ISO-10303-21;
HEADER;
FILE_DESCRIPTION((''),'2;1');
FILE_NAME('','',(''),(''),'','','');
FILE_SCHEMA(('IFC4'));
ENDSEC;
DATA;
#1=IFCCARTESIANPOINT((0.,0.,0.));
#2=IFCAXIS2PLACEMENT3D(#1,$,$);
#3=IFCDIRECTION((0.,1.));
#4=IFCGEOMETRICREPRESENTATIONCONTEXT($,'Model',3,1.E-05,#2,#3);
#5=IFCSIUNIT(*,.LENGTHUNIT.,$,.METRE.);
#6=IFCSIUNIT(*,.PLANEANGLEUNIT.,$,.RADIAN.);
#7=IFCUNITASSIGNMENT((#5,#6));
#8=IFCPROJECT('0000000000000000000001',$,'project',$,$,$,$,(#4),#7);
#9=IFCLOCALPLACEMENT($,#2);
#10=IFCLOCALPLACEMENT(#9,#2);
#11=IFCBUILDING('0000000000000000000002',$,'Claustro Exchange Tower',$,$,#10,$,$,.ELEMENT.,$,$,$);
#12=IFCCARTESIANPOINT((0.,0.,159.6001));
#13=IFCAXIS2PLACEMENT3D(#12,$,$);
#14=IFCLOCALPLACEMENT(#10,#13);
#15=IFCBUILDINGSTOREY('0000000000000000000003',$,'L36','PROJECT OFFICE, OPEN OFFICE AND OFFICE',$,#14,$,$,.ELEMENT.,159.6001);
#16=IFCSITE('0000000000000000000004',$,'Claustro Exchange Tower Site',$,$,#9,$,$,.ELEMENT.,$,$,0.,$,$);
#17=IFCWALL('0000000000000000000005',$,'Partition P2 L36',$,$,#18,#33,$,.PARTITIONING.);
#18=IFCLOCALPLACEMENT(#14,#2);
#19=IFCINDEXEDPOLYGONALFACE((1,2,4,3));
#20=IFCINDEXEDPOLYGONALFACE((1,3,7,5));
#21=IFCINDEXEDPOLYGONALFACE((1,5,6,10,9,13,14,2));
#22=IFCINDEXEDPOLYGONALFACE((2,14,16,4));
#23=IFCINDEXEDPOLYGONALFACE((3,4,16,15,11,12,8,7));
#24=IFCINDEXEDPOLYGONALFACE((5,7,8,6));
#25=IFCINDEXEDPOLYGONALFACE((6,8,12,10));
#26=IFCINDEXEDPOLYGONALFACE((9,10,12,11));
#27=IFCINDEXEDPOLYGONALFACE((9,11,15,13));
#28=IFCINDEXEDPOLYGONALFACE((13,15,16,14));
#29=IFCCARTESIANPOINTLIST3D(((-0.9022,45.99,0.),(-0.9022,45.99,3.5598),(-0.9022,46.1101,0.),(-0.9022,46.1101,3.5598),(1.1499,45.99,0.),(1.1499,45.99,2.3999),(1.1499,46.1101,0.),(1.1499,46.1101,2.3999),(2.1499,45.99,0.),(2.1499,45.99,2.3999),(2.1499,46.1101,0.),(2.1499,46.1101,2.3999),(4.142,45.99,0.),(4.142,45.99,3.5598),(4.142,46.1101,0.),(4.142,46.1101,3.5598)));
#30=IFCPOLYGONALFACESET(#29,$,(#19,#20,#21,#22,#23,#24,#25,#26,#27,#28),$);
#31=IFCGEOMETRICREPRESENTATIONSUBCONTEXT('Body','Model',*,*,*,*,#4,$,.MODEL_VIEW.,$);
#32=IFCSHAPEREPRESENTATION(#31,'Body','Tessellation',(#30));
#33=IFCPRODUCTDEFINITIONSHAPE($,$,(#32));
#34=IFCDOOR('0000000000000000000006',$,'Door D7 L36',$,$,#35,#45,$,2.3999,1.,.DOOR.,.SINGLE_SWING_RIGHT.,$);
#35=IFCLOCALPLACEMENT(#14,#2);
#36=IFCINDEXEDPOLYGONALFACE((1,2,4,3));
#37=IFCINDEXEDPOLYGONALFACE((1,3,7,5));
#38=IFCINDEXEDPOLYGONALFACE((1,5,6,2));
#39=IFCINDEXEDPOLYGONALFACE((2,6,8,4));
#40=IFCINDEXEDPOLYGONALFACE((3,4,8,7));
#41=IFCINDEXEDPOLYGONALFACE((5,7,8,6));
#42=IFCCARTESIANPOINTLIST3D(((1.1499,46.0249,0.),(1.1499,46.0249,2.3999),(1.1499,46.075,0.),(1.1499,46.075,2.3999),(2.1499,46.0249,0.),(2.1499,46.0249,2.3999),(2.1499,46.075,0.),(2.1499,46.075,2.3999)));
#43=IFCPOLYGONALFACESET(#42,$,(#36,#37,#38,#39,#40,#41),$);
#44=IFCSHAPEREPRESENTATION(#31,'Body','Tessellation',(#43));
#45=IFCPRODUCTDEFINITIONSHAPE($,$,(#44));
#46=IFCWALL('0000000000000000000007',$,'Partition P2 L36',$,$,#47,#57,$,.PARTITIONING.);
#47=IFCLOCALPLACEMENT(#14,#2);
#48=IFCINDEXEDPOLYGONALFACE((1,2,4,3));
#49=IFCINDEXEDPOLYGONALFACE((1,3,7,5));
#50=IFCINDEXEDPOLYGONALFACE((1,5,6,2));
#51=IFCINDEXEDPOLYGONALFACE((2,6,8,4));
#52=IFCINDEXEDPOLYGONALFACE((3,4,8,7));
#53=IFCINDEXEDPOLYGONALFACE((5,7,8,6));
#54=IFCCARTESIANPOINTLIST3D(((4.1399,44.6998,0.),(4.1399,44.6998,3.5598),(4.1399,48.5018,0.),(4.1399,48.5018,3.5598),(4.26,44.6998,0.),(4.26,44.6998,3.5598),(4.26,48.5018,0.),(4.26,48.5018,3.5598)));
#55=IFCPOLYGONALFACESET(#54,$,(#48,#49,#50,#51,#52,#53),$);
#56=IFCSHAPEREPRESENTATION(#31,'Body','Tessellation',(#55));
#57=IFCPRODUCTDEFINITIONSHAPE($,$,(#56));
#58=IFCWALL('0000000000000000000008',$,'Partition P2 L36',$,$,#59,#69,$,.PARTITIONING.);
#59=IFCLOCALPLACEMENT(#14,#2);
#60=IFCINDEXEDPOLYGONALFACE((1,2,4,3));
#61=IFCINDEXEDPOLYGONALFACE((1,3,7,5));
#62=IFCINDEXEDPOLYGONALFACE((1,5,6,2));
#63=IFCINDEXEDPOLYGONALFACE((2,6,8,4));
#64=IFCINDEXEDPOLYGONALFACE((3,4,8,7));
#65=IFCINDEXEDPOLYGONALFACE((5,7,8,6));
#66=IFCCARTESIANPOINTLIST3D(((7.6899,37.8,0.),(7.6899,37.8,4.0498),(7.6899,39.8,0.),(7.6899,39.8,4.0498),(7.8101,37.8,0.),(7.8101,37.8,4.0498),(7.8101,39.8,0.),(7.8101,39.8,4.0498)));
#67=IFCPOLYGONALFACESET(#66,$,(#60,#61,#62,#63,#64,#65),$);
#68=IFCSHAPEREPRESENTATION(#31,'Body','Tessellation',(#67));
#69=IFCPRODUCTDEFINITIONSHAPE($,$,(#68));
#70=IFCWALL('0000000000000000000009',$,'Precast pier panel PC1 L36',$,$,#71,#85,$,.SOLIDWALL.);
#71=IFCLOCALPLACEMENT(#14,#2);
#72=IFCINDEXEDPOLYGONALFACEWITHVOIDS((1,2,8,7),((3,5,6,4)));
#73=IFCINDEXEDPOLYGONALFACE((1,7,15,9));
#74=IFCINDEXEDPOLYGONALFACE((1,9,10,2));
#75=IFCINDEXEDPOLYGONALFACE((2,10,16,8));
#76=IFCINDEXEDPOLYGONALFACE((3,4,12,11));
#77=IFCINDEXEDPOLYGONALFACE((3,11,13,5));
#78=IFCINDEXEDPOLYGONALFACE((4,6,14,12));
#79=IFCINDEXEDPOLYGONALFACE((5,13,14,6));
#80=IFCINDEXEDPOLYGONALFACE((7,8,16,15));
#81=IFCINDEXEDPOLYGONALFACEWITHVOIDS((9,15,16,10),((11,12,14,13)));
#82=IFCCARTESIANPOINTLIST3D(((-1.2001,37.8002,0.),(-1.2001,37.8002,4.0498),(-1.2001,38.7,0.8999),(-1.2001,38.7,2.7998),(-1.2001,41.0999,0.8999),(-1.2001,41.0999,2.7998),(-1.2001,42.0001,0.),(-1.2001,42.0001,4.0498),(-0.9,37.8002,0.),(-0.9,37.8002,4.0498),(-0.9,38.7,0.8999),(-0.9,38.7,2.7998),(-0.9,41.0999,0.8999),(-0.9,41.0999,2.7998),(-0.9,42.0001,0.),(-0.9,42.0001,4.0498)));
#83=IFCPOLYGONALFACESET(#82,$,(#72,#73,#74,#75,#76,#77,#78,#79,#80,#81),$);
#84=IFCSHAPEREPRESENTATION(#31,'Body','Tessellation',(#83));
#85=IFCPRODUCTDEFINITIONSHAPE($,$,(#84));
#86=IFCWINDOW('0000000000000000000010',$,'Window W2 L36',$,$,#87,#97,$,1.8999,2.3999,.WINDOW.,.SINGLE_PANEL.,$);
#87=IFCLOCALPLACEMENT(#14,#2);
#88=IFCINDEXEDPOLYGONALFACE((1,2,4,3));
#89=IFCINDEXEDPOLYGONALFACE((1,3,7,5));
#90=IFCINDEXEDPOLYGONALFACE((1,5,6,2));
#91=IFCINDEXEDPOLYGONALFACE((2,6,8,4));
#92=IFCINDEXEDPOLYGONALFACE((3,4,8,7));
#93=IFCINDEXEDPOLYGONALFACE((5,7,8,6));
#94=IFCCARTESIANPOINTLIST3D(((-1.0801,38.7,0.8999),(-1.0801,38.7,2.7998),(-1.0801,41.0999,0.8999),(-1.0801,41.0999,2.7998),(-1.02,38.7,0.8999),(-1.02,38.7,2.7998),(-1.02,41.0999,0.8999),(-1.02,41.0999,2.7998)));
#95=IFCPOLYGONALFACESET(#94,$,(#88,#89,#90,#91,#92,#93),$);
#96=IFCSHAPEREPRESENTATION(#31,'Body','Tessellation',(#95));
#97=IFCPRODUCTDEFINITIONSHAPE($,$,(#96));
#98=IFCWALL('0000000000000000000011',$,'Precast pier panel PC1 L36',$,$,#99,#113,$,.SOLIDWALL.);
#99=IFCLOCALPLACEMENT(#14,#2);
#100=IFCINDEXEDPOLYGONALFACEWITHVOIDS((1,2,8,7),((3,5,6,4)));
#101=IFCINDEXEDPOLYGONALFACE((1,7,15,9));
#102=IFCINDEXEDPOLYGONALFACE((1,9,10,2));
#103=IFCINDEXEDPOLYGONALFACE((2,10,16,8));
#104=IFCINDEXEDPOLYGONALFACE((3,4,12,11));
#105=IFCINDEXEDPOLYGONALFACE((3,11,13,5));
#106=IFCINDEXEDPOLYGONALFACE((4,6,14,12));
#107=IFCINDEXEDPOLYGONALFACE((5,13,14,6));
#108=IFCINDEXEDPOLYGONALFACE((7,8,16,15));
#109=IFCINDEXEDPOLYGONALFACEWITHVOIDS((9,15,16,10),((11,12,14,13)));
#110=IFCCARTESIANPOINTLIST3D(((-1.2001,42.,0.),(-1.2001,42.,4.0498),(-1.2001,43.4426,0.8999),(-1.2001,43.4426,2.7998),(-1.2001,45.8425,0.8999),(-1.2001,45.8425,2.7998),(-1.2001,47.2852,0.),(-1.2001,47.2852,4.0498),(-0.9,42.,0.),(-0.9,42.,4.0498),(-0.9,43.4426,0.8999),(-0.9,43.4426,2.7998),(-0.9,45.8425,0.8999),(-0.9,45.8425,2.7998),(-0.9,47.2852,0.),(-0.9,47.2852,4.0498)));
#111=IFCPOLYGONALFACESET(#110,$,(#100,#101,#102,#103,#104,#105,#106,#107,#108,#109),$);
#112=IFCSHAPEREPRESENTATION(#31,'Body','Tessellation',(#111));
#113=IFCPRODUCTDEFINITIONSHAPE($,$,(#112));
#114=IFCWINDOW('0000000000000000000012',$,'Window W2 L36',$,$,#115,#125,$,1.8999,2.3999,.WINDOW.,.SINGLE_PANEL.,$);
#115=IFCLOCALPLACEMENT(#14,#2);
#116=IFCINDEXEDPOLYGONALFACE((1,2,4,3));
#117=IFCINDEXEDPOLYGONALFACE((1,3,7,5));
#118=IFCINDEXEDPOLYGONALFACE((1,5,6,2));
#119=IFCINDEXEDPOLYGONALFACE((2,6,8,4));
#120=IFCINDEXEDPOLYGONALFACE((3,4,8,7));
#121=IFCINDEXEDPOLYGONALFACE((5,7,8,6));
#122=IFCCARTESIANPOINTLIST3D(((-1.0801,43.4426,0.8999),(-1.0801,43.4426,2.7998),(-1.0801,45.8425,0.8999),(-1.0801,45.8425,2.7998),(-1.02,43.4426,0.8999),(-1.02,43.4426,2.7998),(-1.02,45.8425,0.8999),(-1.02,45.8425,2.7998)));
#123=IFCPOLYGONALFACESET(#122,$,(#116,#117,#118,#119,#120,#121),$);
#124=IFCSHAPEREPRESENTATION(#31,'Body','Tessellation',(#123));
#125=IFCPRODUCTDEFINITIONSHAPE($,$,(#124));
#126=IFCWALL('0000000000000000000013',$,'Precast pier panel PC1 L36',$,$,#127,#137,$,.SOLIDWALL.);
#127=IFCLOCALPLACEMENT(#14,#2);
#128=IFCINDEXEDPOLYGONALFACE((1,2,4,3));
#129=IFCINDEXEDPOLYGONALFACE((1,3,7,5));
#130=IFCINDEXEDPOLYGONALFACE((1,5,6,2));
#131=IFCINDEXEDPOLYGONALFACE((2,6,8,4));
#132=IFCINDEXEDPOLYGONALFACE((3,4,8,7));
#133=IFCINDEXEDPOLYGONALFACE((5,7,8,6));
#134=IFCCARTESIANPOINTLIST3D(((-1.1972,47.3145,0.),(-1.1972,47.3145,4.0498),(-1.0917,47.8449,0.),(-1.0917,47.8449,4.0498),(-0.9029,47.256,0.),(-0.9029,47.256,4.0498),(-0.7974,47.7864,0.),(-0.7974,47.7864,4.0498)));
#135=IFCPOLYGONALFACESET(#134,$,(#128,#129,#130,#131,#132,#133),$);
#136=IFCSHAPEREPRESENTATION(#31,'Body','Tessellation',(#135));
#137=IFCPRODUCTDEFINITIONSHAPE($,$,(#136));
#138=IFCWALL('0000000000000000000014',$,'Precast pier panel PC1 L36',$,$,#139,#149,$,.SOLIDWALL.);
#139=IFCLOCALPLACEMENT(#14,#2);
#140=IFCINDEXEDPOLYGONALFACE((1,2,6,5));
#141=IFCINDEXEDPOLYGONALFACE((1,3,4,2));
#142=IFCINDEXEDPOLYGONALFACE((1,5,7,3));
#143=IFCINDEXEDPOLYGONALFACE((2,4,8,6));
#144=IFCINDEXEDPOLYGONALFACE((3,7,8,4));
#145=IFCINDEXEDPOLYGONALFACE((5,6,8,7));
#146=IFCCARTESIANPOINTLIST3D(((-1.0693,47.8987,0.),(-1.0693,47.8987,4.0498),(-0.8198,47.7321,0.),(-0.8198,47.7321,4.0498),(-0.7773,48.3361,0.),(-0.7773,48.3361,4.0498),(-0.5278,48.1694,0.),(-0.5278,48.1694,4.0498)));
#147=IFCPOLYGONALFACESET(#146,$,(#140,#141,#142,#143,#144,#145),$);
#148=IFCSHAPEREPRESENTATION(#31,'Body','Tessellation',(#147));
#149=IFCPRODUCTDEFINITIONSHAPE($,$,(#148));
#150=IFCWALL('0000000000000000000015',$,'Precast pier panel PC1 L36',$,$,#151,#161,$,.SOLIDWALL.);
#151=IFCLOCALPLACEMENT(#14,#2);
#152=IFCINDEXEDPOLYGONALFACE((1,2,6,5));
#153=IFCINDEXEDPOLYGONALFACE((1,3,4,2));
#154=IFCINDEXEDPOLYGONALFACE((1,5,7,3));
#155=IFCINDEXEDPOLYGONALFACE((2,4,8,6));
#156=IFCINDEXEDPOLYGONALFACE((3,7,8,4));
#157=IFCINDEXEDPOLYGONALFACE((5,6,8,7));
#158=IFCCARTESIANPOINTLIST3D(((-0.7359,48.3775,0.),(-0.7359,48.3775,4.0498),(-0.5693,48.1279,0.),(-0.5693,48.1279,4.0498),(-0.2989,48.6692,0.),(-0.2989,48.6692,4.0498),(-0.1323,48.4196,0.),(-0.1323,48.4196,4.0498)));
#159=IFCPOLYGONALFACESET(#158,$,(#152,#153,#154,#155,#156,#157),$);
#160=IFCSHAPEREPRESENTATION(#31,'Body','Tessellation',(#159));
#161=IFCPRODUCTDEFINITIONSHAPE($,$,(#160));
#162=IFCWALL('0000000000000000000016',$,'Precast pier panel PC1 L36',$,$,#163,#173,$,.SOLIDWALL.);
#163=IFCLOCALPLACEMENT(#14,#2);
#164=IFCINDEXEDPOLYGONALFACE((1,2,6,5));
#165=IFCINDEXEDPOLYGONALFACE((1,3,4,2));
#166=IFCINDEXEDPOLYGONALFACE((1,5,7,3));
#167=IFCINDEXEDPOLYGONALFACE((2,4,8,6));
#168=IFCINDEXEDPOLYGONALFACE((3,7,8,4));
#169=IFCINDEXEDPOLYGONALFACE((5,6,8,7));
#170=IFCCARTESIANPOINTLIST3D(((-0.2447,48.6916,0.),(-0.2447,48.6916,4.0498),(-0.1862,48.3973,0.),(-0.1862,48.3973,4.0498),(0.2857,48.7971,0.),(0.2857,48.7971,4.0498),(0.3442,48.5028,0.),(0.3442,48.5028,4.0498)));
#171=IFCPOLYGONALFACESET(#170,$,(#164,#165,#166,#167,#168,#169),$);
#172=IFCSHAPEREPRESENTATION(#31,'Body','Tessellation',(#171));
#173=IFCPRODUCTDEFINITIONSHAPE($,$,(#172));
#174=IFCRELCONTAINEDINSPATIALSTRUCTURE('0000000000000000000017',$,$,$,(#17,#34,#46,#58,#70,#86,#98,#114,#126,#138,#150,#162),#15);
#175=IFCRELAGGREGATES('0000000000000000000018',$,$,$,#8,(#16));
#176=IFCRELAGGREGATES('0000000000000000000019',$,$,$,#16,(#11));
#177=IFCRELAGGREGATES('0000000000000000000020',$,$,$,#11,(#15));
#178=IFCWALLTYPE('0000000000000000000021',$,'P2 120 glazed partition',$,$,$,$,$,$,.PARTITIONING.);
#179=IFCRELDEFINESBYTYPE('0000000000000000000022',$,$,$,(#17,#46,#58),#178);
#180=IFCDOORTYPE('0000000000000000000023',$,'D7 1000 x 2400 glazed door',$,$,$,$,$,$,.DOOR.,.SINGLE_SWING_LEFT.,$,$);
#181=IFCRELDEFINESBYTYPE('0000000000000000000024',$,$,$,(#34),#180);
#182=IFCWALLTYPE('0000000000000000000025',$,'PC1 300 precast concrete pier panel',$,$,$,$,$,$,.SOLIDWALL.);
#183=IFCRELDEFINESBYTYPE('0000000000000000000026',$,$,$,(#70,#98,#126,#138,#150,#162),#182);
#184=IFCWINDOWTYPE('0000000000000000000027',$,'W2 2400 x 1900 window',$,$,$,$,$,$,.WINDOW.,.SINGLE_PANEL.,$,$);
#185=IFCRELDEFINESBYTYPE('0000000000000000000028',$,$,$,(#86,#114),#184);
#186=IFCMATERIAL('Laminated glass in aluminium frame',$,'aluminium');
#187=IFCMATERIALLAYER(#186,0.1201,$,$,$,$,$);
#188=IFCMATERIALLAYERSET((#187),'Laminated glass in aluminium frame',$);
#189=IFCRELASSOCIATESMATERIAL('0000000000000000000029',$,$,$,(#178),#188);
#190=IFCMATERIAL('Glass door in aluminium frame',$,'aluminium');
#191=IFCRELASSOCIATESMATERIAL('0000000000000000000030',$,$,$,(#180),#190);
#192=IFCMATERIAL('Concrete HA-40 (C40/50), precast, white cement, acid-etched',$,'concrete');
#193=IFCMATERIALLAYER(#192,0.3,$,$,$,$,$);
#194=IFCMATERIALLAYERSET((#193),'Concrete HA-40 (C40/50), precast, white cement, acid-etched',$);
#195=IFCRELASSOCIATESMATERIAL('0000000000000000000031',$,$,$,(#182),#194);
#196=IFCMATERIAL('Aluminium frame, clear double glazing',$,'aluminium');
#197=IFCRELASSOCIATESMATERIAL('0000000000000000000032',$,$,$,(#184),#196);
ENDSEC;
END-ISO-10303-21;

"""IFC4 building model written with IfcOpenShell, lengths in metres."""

from ifc_helpers import new_model, si_unit, direction, frame, frame_2d, origin, place, context, subcontext, project, spatial, rectangle, extrude, material, layer, layer_set, type_object, element, fill, save


model = new_model("IFC4")

# Units and contexts
model_context = context("Model", 3, precision=1e-05, world=origin(), true_north=direction((0.0, 1.0)))
body_context = subcontext(model_context, "Body", "Model", "MODEL_VIEW")
ifc_project = project(units=[si_unit("LENGTHUNIT", "METRE"), si_unit("PLANEANGLEUNIT", "RADIAN")], contexts=[model_context])

# Site, building, storey
site_placement = place(None, origin())
site = spatial("IfcSite", under=ifc_project, at=site_placement, Name="Claustro Exchange Tower Site", CompositionType="ELEMENT", RefElevation=0.0)
building_placement = place(site_placement, origin())
building = spatial("IfcBuilding", under=site, at=building_placement, Name="Claustro Exchange Tower", CompositionType="ELEMENT")
storey_placement = place(building_placement, frame((0.0, 0.0, 159.6001)))
storey = spatial("IfcBuildingStorey", under=building, at=storey_placement, Name="L36", Description="PROJECT OFFICE, OPEN OFFICE AND OFFICE", CompositionType="ELEMENT", Elevation=159.6001)

# Wall, opening, door
ifc_material_1 = material(Name="Laminated glass in aluminium frame", Category="aluminium")
ifc_layer_1 = layer(ifc_material_1, 0.1201)
ifc_layer_set_1 = layer_set([ifc_layer_1], Name="Laminated glass in aluminium frame")
wall_type_1 = type_object("IfcWallType", Name="P2 120 glazed partition", PredefinedType="PARTITIONING", material=ifc_layer_set_1)
wall_1_placement = place(storey_placement, frame((-0.9021, 46.05, 0.0), z_axis=(0.0, 0.0, 1.0), x_axis=(1.0, 0.0, 0.0)))
wall_1 = element("IfcWall", 1, at=wall_1_placement, inside=storey, type_object=wall_type_1, Name="Partition P2 L36", PredefinedType="PARTITIONING", context=body_context, shape_type="SweptSolid", body=[
    extrude(rectangle(XDim=5.0442, YDim=0.1201, at=frame_2d((2.522, 0.0))), origin(), (0.0, 0.0, 1.0), 3.5598),
])
opening_1_placement = place(wall_1_placement, frame((2.052, 0.0, 0.0)))
opening_1 = element("IfcOpeningElement", 2, at=opening_1_placement, cuts=wall_1, PredefinedType="OPENING", context=body_context, shape_type="SweptSolid", body=[
    extrude(rectangle(XDim=1.0, YDim=2.3999, at=frame_2d((0.5, 1.2))), frame((0.0, 0.0701, 0.0), z_axis=(0.0, -1.0, 0.0), x_axis=(1.0, 0.0, 0.0)), (0.0, 0.0, 1.0), 0.1401),
])
ifc_material_2 = material(Name="Glass door in aluminium frame", Category="aluminium")
door_type = type_object("IfcDoorType", Name="D7 1000 x 2400 glazed door", OperationType="SINGLE_SWING_LEFT", PredefinedType="DOOR", material=ifc_material_2)
door_placement = place(opening_1_placement, origin())
door = element("IfcDoor", 3, at=door_placement, inside=storey, type_object=door_type, Name="Door D7 L36", OperationType="SINGLE_SWING_RIGHT", OverallHeight=2.3999, OverallWidth=1.0, PredefinedType="DOOR", context=body_context, shape_type="SweptSolid", body=[
    extrude(rectangle(XDim=1.0, YDim=2.3999, at=frame_2d((0.5, 1.2))), frame((0.0, 0.0249, 0.0), z_axis=(0.0, -1.0, 0.0), x_axis=(1.0, 0.0, 0.0)), (0.0, 0.0, 1.0), 0.05),
])
fill(opening_1, door)

# Walls
wall_2_placement = place(storey_placement, frame((4.2, 44.7, 0.0), z_axis=(0.0, 0.0, 1.0), x_axis=(0.0, 1.0, 0.0)))
element("IfcWall", 4, at=wall_2_placement, inside=storey, type_object=wall_type_1, Name="Partition P2 L36", PredefinedType="PARTITIONING", context=body_context, shape_type="SweptSolid", body=[
    extrude(rectangle(XDim=3.802, YDim=0.1201, at=frame_2d((1.9009, 0.0))), origin(), (0.0, 0.0, 1.0), 3.5598),
])
wall_3_placement = place(storey_placement, frame((7.75, 37.8, 0.0), z_axis=(0.0, 0.0, 1.0), x_axis=(0.0, 1.0, 0.0)))
element("IfcWall", 5, at=wall_3_placement, inside=storey, type_object=wall_type_1, Name="Partition P2 L36", PredefinedType="PARTITIONING", context=body_context, shape_type="SweptSolid", body=[
    extrude(rectangle(XDim=2.0, YDim=0.1201, at=frame_2d((1.0, 0.0))), origin(), (0.0, 0.0, 1.0), 4.0498),
])

# Walls, openings, windows
ifc_material_3 = material(Name="Concrete HA-40 (C40/50), precast, white cement, acid-etched", Category="concrete")
ifc_layer_2 = layer(ifc_material_3, 0.3)
ifc_layer_set_2 = layer_set([ifc_layer_2], Name="Concrete HA-40 (C40/50), precast, white cement, acid-etched")
wall_type_2 = type_object("IfcWallType", Name="PC1 300 precast concrete pier panel", PredefinedType="SOLIDWALL", material=ifc_layer_set_2)
wall_4_placement = place(storey_placement, frame((-1.05, 37.8, 0.0), z_axis=(0.0, 0.0, 1.0), x_axis=(0.0, 1.0, 0.0)))
wall_4 = element("IfcWall", 6, at=wall_4_placement, inside=storey, type_object=wall_type_2, Name="Precast pier panel PC1 L36", PredefinedType="SOLIDWALL", context=body_context, shape_type="SweptSolid", body=[
    extrude(rectangle(XDim=4.2, YDim=0.3, at=frame_2d((2.1001, 0.0))), origin(), (0.0, 0.0, 1.0), 4.0498),
])
opening_2_placement = place(wall_4_placement, frame((0.8999, 0.0, 0.8999)))
opening_2 = element("IfcOpeningElement", 7, at=opening_2_placement, cuts=wall_4, PredefinedType="OPENING", context=body_context, shape_type="SweptSolid", body=[
    extrude(rectangle(XDim=2.3999, YDim=1.8999, at=frame_2d((1.2, 0.95))), frame((0.0, 0.1599, 0.0), z_axis=(0.0, -1.0, 0.0), x_axis=(1.0, 0.0, 0.0)), (0.0, 0.0, 1.0), 0.3201),
])
ifc_material_4 = material(Name="Aluminium frame, clear double glazing", Category="aluminium")
window_type_1 = type_object("IfcWindowType", Name="W2 2400 x 1900 window", PartitioningType="SINGLE_PANEL", PredefinedType="WINDOW", material=ifc_material_4)
window_1_placement = place(opening_2_placement, origin())
window_1 = element("IfcWindow", 8, at=window_1_placement, inside=storey, type_object=window_type_1, Name="Window W2 L36", OverallHeight=1.8999, OverallWidth=2.3999, PartitioningType="SINGLE_PANEL", PredefinedType="WINDOW", context=body_context, shape_type="SweptSolid", body=[
    extrude(rectangle(XDim=2.3999, YDim=1.8999, at=frame_2d((1.2, 0.95))), frame((0.0, 0.03, 0.0), z_axis=(0.0, -1.0, 0.0), x_axis=(1.0, 0.0, 0.0)), (0.0, 0.0, 1.0), 0.0601),
])
fill(opening_2, window_1)
wall_5_placement = place(storey_placement, frame((-1.05, 42.0, 0.0), z_axis=(0.0, 0.0, 1.0), x_axis=(0.0, 1.0, 0.0)))
wall_5 = element("IfcWall", 9, at=wall_5_placement, inside=storey, type_object=wall_type_2, Name="Precast pier panel PC1 L36", PredefinedType="SOLIDWALL", context=body_context, shape_type="SweptSolid", body=[
    extrude(rectangle(XDim=5.2852, YDim=0.3, at=frame_2d((2.6426, 0.0))), origin(), (0.0, 0.0, 1.0), 4.0498),
])
opening_3_placement = place(wall_5_placement, frame((1.4426, 0.0, 0.8999)))
opening_3 = element("IfcOpeningElement", 10, at=opening_3_placement, cuts=wall_5, PredefinedType="OPENING", context=body_context, shape_type="SweptSolid", body=[
    extrude(rectangle(XDim=2.3999, YDim=1.8999, at=frame_2d((1.2, 0.95))), frame((0.0, 0.1599, 0.0), z_axis=(0.0, -1.0, 0.0), x_axis=(1.0, 0.0, 0.0)), (0.0, 0.0, 1.0), 0.3201),
])
window_2_placement = place(opening_3_placement, origin())
window_2 = element("IfcWindow", 11, at=window_2_placement, inside=storey, type_object=window_type_1, Name="Window W2 L36", OverallHeight=1.8999, OverallWidth=2.3999, PartitioningType="SINGLE_PANEL", PredefinedType="WINDOW", context=body_context, shape_type="SweptSolid", body=[
    extrude(rectangle(XDim=2.3999, YDim=1.8999, at=frame_2d((1.2, 0.95))), frame((0.0, 0.03, 0.0), z_axis=(0.0, -1.0, 0.0), x_axis=(1.0, 0.0, 0.0)), (0.0, 0.0, 1.0), 0.0601),
])
fill(opening_3, window_2)

# Walls
wall_6_placement = place(storey_placement, frame((-1.05, 47.2852, 0.0), z_axis=(0.0, 0.0, 1.0), x_axis=(0.195074, 0.980789, 0.0)))
element("IfcWall", 12, at=wall_6_placement, inside=storey, type_object=wall_type_2, Name="Precast pier panel PC1 L36", PredefinedType="SOLIDWALL", context=body_context, shape_type="SweptSolid", body=[
    extrude(rectangle(XDim=0.5408, YDim=0.3, at=frame_2d((0.2705, 0.0))), origin(), (0.0, 0.0, 1.0), 4.0498),
])
wall_7_placement = place(storey_placement, frame((-0.9446, 47.8154, 0.0), z_axis=(0.0, 0.0, 1.0), x_axis=(0.555343, 0.831621, 0.0)))
element("IfcWall", 13, at=wall_7_placement, inside=storey, type_object=wall_type_2, Name="Precast pier panel PC1 L36", PredefinedType="SOLIDWALL", context=body_context, shape_type="SweptSolid", body=[
    extrude(rectangle(XDim=0.5259, YDim=0.3, at=frame_2d((0.2629, 0.0))), origin(), (0.0, 0.0, 1.0), 4.0498),
])
wall_8_placement = place(storey_placement, frame((-0.6526, 48.2527, 0.0), z_axis=(0.0, 0.0, 1.0), x_axis=(0.831693, 0.555236, 0.0)))
element("IfcWall", 14, at=wall_8_placement, inside=storey, type_object=wall_type_2, Name="Precast pier panel PC1 L36", PredefinedType="SOLIDWALL", context=body_context, shape_type="SweptSolid", body=[
    extrude(rectangle(XDim=0.5254, YDim=0.3, at=frame_2d((0.2627, 0.0))), origin(), (0.0, 0.0, 1.0), 4.0498),
])
wall_9_placement = place(storey_placement, frame((-0.2156, 48.5444, 0.0), z_axis=(0.0, 0.0, 1.0), x_axis=(0.980789, 0.195074, 0.0)))
element("IfcWall", 15, at=wall_9_placement, inside=storey, type_object=wall_type_2, Name="Precast pier panel PC1 L36", PredefinedType="SOLIDWALL", context=body_context, shape_type="SweptSolid", body=[
    extrude(rectangle(XDim=0.5408, YDim=0.3, at=frame_2d((0.2705, 0.0))), origin(), (0.0, 0.0, 1.0), 4.0498),
])

save(model, "model.ifc")
